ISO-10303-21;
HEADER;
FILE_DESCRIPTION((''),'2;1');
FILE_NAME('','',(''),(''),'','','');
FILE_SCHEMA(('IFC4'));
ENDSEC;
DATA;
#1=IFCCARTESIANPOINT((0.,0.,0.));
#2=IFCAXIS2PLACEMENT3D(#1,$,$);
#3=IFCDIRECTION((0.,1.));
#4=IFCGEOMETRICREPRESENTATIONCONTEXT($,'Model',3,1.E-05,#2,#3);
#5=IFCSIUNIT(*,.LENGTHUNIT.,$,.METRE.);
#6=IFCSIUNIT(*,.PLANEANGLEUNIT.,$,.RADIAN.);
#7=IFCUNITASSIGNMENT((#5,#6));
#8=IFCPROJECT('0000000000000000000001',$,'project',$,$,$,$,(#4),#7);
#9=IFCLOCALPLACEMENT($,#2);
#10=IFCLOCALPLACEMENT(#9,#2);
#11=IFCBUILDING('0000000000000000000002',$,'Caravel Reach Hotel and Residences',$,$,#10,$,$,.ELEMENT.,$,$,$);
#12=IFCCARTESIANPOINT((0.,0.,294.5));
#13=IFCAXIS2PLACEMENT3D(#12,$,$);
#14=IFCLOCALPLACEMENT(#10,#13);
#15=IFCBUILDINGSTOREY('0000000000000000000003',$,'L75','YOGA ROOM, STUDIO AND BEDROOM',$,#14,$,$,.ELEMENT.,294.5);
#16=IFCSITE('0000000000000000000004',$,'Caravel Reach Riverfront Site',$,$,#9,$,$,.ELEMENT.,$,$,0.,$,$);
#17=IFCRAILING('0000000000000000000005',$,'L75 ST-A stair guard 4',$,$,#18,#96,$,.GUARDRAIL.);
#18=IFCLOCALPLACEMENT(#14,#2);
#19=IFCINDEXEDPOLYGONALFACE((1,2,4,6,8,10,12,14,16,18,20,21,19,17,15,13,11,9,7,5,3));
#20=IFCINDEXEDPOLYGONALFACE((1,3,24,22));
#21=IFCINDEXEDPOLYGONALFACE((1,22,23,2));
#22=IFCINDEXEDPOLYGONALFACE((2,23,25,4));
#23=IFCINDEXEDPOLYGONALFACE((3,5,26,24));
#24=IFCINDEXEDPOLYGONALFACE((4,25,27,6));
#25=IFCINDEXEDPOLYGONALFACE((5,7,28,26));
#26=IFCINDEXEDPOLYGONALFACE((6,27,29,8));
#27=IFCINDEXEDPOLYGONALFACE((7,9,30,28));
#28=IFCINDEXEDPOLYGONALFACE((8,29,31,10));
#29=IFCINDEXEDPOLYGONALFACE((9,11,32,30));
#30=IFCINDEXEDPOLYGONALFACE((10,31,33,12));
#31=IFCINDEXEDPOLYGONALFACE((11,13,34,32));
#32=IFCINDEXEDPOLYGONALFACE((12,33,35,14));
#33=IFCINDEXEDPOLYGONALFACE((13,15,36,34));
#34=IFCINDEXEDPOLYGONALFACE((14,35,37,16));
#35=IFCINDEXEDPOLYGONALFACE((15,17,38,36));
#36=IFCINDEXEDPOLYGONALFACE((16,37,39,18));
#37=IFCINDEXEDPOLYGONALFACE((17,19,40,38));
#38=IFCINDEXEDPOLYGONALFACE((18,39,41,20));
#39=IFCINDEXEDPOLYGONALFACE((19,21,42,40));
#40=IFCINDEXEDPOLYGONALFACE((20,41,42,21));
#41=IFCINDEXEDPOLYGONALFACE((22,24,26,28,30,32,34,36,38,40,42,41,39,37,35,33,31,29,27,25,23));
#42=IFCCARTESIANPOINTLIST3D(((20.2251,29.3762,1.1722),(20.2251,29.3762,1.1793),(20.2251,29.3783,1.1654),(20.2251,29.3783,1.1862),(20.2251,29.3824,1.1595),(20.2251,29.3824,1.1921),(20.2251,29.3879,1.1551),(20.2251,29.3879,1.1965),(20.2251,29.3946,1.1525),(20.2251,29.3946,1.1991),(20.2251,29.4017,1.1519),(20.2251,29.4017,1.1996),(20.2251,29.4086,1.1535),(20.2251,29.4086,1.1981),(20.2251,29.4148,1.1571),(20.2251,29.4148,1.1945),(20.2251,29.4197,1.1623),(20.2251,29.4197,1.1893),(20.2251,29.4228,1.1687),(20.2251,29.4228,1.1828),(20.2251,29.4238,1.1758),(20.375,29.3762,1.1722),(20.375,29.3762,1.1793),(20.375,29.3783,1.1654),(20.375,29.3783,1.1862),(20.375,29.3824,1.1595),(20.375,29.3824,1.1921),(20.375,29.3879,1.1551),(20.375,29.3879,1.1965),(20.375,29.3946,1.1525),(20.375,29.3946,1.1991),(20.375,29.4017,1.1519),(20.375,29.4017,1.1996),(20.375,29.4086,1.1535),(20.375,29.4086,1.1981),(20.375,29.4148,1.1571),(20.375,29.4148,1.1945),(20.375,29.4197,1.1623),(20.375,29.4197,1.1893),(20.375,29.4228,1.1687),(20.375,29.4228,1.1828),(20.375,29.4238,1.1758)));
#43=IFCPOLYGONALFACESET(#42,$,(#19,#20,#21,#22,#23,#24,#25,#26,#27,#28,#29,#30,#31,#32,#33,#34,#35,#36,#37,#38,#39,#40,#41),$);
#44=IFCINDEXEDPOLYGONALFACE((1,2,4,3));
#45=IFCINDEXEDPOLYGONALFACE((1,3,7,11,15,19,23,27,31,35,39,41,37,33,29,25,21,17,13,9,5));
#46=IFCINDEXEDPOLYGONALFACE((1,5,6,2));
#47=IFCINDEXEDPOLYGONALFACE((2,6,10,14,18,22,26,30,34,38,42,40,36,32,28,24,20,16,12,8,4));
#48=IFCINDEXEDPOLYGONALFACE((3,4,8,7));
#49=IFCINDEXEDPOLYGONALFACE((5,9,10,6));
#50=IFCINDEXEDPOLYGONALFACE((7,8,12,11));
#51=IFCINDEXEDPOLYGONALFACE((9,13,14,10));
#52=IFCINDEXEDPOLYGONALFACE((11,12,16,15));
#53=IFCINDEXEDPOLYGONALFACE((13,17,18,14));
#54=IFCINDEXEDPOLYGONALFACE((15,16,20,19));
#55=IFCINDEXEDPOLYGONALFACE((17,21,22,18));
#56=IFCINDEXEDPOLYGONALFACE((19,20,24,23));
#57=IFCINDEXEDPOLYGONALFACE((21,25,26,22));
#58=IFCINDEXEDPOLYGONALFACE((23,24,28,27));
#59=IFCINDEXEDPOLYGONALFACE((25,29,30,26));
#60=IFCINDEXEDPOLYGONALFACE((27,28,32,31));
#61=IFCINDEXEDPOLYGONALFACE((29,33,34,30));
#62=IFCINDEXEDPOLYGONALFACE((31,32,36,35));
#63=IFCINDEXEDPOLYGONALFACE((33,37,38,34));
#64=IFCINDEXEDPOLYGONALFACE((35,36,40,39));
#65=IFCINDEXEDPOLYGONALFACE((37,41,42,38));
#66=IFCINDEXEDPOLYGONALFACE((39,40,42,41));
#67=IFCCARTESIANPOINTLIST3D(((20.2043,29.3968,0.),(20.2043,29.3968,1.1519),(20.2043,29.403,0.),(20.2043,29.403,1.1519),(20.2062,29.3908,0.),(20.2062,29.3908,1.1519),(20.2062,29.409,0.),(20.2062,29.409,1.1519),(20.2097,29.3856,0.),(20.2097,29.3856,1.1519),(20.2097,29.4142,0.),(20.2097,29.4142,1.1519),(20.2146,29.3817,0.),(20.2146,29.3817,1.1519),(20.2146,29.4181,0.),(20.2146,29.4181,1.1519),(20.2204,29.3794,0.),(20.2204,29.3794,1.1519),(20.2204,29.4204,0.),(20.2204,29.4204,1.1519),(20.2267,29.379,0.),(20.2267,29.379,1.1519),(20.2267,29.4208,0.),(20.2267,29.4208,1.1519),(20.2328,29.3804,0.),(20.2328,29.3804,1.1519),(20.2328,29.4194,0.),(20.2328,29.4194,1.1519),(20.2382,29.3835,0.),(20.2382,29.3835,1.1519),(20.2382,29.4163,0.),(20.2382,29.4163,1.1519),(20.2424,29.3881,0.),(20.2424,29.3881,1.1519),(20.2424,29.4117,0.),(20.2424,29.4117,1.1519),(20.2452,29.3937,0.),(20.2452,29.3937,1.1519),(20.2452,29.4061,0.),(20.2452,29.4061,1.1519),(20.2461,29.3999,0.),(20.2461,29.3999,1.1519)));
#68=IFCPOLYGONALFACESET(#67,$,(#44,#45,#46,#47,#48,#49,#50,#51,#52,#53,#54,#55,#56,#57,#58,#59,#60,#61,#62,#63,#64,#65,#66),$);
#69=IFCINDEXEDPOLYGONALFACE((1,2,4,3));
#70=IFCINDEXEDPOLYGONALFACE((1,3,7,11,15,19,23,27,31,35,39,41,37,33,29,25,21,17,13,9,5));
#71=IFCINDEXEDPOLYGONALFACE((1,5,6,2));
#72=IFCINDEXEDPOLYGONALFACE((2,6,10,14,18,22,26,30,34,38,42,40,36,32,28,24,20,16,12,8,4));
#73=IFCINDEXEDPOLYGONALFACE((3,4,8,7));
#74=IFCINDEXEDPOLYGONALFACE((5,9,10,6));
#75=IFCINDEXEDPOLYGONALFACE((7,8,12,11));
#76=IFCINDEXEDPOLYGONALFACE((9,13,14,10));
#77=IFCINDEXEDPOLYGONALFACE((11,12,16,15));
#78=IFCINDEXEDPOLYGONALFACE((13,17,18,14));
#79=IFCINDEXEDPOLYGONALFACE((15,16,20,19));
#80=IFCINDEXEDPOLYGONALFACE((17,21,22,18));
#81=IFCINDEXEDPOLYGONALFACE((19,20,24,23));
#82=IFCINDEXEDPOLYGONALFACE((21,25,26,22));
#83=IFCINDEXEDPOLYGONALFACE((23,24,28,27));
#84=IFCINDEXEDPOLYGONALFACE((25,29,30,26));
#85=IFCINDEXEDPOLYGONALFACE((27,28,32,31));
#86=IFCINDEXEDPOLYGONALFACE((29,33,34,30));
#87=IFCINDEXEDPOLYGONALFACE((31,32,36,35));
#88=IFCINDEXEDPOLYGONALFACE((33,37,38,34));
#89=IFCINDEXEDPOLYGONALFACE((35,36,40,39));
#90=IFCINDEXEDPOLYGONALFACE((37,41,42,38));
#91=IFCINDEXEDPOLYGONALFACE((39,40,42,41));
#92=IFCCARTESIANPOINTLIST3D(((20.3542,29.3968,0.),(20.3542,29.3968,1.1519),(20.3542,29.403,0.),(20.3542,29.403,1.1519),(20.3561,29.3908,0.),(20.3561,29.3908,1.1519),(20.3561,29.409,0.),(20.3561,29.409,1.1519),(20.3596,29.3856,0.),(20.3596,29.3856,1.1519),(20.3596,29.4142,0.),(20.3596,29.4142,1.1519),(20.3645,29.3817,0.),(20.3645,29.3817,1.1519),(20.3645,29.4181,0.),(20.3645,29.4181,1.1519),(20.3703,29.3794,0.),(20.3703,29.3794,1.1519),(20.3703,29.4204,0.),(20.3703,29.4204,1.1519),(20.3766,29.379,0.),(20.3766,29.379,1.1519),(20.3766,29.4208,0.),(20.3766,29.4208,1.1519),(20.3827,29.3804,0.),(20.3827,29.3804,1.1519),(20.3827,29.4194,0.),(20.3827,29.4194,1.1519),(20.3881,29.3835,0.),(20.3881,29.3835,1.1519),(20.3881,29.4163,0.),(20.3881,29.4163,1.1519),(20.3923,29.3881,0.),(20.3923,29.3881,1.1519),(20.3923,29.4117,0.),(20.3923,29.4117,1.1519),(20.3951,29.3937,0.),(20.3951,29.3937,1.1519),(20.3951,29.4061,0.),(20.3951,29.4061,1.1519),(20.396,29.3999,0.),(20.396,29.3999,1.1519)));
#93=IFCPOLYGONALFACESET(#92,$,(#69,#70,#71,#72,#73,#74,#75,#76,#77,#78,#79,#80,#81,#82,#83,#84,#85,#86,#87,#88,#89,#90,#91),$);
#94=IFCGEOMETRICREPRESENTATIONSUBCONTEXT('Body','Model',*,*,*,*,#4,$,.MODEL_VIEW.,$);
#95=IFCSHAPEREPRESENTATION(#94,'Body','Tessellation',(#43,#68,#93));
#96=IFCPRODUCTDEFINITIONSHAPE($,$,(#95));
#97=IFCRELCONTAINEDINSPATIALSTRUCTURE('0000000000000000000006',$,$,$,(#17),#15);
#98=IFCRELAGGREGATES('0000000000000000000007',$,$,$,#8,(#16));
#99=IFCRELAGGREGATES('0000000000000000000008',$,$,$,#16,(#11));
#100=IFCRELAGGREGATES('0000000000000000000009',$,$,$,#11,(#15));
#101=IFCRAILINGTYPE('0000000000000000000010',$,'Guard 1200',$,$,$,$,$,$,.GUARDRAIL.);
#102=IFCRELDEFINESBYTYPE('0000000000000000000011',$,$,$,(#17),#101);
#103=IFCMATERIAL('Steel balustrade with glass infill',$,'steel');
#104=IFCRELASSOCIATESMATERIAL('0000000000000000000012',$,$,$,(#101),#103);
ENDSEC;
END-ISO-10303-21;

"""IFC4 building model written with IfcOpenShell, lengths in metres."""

from ifc_helpers import new_model, si_unit, direction, frame, origin, origin_2d, place, context, subcontext, project, spatial, circle, extrude, material, type_object, element, save


model = new_model("IFC4")

# Units and contexts
model_context = context("Model", 3, precision=1e-05, world=origin(), true_north=direction((0.0, 1.0)))
body_context = subcontext(model_context, "Body", "Model", "MODEL_VIEW")
ifc_project = project(units=[si_unit("LENGTHUNIT", "METRE"), si_unit("PLANEANGLEUNIT", "RADIAN")], contexts=[model_context])

# Site, building, storey
site_placement = place(None, origin())
site = spatial("IfcSite", under=ifc_project, at=site_placement, Name="Caravel Reach Riverfront Site", CompositionType="ELEMENT", RefElevation=0.0)
building_placement = place(site_placement, origin())
building = spatial("IfcBuilding", under=site, at=building_placement, Name="Caravel Reach Hotel and Residences", CompositionType="ELEMENT")
storey_placement = place(building_placement, frame((0.0, 0.0, 294.5)))
storey = spatial("IfcBuildingStorey", under=building, at=storey_placement, Name="L75", Description="YOGA ROOM, STUDIO AND BEDROOM", CompositionType="ELEMENT", Elevation=294.5)

# Railing
ifc_material_1 = material(Name="Steel balustrade with glass infill", Category="steel")
railing_type_1 = type_object("IfcRailingType", Name="Guard 1200", PredefinedType="GUARDRAIL", material=ifc_material_1)
railing_1_placement = place(storey_placement, frame((20.2251, 29.3999, 0.0)))
element("IfcRailing", 1, at=railing_1_placement, inside=storey, type_object=railing_type_1, Name="L75 ST-A stair guard 4", PredefinedType="GUARDRAIL", context=body_context, shape_type="SweptSolid", body=[
    extrude(circle(Radius=0.0239, at=origin_2d()), frame((0.0, 0.0, 1.1758), z_axis=(1.0, 0.0, 0.0), x_axis=(0.0, 1.0, 0.0)), (0.0, 0.0, 1.0), 0.1499),
    extrude(circle(Radius=0.021, at=origin_2d()), origin(), (0.0, 0.0, 1.0), 1.1519),
    extrude(circle(Radius=0.021, at=origin_2d()), frame((0.1499, 0.0, 0.0)), (0.0, 0.0, 1.0), 1.1519),
])

save(model, "model.ifc")
